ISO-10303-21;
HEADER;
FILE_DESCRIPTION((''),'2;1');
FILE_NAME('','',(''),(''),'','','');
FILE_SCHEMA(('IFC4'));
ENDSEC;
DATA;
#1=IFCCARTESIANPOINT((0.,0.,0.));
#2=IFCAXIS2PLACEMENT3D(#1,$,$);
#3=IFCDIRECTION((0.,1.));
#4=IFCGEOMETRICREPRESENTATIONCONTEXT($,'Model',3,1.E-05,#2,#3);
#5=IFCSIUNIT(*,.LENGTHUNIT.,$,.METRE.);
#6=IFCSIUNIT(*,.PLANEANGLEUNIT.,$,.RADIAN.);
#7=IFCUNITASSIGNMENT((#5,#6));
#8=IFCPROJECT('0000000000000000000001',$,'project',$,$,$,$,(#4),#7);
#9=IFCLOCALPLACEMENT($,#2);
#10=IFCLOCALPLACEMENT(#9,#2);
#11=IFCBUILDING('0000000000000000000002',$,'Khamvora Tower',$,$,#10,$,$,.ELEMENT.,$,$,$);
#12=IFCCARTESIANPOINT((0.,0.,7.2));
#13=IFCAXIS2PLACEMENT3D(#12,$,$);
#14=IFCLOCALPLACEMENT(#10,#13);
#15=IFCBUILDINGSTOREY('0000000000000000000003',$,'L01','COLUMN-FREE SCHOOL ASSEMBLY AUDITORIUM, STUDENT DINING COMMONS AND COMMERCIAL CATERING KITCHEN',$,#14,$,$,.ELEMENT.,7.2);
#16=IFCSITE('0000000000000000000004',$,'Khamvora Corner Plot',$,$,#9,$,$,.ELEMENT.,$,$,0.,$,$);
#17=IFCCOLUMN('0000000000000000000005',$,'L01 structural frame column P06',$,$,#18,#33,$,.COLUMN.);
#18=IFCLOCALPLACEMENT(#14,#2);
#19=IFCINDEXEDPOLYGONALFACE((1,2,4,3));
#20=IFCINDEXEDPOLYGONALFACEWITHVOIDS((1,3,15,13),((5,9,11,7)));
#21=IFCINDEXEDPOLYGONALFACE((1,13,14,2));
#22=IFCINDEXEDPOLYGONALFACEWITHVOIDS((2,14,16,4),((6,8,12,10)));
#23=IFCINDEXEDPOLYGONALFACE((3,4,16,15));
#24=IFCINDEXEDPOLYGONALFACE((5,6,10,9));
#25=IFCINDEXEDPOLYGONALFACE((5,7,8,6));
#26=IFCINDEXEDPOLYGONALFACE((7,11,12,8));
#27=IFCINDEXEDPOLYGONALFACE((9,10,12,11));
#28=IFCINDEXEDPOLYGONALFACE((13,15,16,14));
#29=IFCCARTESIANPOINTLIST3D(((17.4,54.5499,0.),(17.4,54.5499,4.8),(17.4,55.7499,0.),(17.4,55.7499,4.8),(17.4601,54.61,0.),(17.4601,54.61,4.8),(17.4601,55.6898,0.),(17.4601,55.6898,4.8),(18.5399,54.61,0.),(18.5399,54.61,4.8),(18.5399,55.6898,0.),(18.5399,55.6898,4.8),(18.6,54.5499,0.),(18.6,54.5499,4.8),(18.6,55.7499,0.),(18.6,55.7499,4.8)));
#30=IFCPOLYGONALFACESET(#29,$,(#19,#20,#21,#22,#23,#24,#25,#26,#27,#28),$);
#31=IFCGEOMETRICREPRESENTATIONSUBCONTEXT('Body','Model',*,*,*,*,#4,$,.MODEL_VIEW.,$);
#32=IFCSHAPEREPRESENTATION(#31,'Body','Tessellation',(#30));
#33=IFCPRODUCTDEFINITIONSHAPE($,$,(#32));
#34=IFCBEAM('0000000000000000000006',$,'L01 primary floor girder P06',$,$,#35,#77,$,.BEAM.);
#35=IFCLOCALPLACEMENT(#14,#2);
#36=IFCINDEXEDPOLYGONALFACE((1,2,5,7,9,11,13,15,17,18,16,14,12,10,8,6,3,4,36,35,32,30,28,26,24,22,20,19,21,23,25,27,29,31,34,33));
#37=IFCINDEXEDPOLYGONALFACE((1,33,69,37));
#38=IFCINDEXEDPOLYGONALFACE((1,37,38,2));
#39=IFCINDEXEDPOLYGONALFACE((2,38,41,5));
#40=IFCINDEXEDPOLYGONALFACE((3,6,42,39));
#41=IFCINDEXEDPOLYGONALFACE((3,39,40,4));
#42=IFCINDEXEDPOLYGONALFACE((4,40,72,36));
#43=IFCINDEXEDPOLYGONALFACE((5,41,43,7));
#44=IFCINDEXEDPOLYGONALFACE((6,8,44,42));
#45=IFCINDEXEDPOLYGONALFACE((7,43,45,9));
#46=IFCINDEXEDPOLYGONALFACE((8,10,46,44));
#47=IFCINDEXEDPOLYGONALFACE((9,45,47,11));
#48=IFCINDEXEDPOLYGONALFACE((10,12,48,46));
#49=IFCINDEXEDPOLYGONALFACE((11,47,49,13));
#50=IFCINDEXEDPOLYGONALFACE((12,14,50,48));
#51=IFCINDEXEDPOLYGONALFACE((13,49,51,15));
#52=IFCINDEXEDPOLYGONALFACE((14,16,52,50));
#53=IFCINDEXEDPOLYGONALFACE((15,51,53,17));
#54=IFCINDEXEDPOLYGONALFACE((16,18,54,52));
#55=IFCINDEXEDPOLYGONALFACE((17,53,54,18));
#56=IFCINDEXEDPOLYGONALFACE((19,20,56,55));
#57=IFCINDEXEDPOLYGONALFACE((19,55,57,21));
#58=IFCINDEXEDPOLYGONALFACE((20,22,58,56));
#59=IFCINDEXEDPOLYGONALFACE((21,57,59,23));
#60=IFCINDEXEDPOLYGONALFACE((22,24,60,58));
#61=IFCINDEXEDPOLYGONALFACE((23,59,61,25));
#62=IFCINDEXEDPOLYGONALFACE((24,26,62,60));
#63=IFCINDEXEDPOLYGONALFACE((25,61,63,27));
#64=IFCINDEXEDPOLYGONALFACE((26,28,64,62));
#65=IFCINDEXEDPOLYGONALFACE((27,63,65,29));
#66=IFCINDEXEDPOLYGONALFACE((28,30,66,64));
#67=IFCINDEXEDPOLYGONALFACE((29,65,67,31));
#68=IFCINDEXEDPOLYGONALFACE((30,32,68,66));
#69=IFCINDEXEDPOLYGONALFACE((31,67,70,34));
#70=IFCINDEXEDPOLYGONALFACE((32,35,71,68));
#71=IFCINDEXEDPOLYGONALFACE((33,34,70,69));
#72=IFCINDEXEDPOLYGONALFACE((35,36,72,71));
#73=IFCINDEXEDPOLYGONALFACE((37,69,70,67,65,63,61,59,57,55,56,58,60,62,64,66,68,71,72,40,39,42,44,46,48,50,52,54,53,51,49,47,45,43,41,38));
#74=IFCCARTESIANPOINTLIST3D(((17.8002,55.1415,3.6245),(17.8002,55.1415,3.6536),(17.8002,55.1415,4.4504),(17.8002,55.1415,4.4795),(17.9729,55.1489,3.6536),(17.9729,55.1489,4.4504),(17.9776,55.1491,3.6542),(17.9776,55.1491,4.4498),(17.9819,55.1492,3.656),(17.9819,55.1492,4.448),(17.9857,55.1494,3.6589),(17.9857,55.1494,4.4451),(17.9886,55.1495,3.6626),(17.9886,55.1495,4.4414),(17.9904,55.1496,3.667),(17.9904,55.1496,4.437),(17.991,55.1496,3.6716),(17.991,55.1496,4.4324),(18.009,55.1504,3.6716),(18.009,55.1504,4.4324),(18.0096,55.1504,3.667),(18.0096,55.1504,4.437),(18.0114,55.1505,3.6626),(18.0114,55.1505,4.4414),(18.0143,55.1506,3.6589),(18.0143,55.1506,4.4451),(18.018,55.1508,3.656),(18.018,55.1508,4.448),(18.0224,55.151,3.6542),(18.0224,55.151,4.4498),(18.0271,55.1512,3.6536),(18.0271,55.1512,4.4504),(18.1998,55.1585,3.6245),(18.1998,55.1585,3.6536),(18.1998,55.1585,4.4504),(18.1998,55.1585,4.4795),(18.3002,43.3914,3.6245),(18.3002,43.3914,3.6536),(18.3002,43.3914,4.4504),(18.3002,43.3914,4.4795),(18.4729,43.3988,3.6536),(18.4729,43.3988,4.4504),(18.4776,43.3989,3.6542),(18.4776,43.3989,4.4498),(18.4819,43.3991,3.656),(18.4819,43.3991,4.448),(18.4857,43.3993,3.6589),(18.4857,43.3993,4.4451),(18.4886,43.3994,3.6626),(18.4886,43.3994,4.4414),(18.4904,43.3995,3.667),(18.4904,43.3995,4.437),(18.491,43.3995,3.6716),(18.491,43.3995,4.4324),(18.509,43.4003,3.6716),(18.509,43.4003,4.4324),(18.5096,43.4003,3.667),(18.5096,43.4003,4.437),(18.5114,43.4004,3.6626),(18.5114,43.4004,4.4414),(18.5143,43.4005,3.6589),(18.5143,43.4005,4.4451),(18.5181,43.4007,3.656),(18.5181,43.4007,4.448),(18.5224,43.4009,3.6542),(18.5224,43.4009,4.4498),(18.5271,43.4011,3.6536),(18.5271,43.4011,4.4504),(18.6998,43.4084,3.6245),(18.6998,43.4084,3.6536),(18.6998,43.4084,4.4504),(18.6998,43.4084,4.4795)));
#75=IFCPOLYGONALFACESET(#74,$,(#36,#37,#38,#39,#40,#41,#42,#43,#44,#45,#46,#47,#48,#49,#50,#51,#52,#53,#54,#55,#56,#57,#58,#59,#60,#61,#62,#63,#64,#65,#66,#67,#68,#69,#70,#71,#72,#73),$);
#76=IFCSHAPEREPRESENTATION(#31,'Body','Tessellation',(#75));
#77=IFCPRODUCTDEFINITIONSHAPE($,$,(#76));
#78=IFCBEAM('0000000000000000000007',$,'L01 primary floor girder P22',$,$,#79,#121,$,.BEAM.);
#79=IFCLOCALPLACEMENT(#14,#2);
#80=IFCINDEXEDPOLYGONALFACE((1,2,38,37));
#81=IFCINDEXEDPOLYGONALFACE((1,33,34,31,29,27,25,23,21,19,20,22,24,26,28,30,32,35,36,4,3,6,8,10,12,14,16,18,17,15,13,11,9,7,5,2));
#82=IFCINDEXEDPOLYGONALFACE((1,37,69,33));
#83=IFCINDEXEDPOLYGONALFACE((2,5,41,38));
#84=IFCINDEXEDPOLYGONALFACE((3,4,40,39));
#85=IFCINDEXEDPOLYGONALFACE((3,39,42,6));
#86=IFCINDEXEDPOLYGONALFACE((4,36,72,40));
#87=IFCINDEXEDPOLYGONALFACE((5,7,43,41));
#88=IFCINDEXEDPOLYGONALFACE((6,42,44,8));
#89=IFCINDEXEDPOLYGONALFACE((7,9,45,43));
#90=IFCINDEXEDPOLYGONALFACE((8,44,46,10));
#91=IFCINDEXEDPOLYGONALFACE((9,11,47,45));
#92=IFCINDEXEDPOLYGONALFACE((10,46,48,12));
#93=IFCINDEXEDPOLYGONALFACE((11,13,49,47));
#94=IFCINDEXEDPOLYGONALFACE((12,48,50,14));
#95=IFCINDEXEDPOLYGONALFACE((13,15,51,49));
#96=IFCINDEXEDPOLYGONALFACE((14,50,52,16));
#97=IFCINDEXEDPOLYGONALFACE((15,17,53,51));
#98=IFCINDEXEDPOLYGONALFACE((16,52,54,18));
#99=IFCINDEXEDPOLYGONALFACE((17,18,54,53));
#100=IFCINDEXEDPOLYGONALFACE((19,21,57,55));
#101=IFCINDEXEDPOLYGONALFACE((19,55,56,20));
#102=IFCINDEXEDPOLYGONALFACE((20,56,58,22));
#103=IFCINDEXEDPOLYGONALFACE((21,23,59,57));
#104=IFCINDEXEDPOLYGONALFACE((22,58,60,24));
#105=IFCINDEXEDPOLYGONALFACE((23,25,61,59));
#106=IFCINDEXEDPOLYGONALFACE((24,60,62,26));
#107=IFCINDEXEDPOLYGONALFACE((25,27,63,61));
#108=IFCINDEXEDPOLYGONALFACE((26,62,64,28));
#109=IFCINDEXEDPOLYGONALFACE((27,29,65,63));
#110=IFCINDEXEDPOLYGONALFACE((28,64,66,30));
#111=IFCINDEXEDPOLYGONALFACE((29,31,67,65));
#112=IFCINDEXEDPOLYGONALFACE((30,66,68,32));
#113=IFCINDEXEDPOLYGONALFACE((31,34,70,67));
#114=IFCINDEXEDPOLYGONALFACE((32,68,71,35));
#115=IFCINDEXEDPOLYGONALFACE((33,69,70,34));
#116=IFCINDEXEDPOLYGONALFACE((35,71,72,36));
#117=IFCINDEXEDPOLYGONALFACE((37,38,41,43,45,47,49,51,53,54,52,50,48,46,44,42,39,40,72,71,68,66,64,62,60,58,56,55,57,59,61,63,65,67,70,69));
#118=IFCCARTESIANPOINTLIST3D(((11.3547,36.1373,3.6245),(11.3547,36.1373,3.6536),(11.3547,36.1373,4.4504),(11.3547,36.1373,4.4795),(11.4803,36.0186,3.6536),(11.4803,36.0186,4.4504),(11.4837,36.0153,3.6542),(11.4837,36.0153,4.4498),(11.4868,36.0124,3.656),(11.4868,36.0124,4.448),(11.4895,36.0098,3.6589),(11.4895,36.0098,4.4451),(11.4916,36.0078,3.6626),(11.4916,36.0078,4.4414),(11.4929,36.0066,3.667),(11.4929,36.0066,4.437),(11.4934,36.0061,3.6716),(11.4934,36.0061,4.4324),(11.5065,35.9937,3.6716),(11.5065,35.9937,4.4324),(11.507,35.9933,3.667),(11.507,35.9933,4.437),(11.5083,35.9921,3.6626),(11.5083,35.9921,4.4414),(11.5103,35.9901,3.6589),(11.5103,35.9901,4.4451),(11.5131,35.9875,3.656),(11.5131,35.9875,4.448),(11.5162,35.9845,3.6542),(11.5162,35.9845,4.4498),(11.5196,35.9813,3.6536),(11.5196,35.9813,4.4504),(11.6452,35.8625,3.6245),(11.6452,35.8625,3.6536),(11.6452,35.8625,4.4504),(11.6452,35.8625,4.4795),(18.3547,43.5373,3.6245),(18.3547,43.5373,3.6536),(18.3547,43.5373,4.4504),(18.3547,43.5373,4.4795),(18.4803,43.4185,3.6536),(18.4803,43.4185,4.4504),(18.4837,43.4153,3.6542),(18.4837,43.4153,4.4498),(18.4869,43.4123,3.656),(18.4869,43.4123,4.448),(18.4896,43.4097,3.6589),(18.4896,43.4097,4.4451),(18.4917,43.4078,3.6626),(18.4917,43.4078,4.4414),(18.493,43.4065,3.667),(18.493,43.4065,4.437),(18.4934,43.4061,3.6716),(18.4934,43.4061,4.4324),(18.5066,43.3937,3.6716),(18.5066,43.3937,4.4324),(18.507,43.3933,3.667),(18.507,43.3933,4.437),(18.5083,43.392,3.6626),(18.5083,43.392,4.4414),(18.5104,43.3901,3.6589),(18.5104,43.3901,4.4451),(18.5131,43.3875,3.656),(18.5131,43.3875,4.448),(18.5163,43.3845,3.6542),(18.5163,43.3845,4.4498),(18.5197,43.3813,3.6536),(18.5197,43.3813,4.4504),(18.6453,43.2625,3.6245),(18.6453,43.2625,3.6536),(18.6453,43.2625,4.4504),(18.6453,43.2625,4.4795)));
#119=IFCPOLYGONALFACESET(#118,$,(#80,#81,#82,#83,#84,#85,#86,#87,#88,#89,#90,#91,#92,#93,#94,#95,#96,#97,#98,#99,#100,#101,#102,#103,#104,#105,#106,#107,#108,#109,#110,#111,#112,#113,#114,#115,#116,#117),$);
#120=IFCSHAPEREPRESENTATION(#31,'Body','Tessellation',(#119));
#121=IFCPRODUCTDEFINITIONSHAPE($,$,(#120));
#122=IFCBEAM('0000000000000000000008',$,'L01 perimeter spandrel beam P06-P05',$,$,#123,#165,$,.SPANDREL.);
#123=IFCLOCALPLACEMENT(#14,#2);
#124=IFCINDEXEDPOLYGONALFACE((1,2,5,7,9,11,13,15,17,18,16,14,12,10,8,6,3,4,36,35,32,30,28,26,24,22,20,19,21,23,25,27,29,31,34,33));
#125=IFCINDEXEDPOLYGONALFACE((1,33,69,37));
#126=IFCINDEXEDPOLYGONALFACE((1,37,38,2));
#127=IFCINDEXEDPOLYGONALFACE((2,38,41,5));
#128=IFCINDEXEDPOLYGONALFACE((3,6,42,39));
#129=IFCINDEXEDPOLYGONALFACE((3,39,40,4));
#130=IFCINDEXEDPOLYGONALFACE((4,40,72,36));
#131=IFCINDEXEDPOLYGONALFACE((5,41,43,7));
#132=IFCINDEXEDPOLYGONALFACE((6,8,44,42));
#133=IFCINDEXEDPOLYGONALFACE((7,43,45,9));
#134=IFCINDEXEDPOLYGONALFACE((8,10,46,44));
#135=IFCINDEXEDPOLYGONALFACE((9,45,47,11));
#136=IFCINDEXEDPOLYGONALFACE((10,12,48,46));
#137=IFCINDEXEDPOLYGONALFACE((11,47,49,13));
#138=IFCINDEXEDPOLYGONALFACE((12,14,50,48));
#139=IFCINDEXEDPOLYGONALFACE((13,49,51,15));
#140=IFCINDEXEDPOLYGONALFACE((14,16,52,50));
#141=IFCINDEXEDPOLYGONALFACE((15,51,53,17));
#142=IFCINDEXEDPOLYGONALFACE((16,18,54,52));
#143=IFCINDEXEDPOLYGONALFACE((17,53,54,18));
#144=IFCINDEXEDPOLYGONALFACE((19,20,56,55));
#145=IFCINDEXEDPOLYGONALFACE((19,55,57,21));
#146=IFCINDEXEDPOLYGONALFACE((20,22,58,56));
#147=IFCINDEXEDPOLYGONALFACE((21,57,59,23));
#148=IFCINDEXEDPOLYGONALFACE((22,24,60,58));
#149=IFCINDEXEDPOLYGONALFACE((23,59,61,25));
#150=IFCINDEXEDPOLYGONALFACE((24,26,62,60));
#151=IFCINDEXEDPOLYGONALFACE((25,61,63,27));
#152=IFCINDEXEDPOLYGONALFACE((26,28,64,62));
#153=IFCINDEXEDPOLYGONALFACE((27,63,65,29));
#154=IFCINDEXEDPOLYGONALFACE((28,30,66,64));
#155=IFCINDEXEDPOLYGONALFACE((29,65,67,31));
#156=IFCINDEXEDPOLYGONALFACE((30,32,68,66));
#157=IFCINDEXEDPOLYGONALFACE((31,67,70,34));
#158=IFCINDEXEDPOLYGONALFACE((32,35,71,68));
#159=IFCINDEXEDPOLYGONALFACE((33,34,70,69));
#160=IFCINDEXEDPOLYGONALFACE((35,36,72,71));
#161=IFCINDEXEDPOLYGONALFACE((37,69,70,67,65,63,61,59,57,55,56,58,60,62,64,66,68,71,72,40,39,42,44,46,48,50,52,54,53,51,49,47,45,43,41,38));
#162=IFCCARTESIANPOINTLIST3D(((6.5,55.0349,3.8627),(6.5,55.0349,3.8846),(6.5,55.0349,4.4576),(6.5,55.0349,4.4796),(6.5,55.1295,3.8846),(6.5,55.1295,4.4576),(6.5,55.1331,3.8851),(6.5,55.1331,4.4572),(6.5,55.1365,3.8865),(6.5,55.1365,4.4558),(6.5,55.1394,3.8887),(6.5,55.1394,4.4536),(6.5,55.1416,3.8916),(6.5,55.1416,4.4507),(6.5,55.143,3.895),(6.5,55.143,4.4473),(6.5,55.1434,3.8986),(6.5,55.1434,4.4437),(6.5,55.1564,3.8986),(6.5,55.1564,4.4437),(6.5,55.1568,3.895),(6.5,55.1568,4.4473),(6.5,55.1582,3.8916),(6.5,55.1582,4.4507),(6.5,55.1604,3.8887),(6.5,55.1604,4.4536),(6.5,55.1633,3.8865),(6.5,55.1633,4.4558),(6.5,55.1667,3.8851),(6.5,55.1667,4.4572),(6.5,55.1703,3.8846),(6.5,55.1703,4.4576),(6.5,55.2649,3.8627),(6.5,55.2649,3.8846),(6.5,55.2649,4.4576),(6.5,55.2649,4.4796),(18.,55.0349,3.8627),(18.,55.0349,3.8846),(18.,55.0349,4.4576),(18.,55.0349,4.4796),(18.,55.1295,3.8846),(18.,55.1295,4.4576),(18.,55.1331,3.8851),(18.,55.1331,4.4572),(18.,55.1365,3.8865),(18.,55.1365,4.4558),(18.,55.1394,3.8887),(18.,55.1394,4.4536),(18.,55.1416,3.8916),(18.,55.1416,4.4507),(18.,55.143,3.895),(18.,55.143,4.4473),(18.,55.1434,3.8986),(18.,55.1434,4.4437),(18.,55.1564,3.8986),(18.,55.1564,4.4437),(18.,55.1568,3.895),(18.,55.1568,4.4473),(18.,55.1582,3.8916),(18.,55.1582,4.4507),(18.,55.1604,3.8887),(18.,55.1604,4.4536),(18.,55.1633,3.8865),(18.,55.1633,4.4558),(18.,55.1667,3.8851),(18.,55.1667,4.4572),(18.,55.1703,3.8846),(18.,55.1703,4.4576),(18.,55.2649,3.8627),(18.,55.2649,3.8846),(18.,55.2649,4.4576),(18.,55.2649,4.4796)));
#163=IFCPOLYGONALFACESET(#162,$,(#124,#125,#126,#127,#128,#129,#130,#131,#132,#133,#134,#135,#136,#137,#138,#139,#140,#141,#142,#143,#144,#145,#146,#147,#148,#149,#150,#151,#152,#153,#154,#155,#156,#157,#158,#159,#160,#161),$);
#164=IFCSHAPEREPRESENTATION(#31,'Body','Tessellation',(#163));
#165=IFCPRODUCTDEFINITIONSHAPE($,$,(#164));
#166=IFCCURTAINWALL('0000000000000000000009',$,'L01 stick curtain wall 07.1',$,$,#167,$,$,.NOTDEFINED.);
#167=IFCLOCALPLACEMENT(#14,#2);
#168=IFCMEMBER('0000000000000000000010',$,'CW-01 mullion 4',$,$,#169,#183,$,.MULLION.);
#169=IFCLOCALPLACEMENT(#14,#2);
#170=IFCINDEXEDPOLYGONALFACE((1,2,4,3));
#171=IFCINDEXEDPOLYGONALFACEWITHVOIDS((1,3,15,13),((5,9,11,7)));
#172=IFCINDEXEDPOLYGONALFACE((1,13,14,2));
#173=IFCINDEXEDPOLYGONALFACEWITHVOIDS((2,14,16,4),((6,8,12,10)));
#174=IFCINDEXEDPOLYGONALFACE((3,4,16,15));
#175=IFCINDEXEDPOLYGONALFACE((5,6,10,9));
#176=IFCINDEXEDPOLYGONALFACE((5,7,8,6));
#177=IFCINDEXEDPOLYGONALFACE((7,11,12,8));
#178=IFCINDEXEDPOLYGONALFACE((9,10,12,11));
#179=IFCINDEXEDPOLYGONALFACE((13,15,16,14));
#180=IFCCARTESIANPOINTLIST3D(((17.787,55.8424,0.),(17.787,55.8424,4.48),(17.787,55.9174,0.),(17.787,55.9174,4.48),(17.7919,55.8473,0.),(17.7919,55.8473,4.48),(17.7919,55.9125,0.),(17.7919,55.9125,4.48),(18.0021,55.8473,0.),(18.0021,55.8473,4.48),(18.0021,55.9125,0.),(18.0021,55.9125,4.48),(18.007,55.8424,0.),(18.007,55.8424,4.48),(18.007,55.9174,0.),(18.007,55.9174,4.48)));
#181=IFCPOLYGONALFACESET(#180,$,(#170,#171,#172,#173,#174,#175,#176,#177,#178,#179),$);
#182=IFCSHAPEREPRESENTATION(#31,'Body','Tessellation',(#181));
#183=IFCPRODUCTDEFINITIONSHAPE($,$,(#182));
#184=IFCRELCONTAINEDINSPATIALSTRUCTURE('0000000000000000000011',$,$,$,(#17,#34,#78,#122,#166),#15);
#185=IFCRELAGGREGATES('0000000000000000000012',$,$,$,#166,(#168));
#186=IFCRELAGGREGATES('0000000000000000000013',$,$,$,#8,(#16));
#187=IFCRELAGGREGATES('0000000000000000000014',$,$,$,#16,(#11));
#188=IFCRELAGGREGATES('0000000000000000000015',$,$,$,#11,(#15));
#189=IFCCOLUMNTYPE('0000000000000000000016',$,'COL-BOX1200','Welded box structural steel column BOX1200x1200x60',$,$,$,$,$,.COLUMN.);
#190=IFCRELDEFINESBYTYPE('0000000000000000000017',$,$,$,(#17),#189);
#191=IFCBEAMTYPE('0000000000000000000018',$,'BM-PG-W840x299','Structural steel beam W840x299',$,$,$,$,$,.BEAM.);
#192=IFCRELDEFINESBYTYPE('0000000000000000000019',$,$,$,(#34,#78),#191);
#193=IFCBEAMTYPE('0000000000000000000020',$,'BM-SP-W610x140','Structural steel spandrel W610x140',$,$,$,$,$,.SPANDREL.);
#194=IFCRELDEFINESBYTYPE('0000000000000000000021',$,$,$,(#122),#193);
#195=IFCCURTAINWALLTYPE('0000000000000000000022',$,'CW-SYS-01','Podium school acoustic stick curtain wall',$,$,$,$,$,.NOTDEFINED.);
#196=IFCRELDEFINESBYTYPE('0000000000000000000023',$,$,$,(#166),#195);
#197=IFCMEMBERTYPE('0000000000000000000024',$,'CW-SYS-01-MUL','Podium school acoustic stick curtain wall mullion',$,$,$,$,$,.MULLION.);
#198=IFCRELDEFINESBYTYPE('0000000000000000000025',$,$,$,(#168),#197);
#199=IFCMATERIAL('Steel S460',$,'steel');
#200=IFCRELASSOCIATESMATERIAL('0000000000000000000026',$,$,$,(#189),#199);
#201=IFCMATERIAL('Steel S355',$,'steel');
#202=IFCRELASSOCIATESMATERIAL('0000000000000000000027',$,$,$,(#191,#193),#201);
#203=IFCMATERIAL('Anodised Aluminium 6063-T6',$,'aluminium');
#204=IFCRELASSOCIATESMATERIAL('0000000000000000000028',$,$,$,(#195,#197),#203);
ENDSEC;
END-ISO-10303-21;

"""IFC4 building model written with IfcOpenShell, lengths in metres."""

from ifc_helpers import new_model, si_unit, direction, frame, origin, origin_2d, place, context, subcontext, project, spatial, hollow_rectangle, i_section, extrude, material, material_profile, profile_set, type_object, element, aggregate, save


model = new_model("IFC4")

# Units and contexts
model_context = context("Model", 3, precision=1e-05, world=origin(), true_north=direction((0.0, 1.0)))
body_context = subcontext(model_context, "Body", "Model", "MODEL_VIEW")
ifc_project = project(units=[si_unit("LENGTHUNIT", "METRE"), si_unit("PLANEANGLEUNIT", "RADIAN")], contexts=[model_context])

# Site, building, storey
site_placement = place(None, origin())
site = spatial("IfcSite", under=ifc_project, at=site_placement, Name="Khamvora Corner Plot", CompositionType="ELEMENT", RefElevation=0.0)
building_placement = place(site_placement, origin())
building = spatial("IfcBuilding", under=site, at=building_placement, Name="Khamvora Tower", CompositionType="ELEMENT")
storey_placement = place(building_placement, frame((0.0, 0.0, 7.2)))
storey = spatial("IfcBuildingStorey", under=building, at=storey_placement, Name="L01", Description="COLUMN-FREE SCHOOL ASSEMBLY AUDITORIUM, STUDENT DINING COMMONS AND COMMERCIAL CATERING KITCHEN", CompositionType="ELEMENT", Elevation=7.2)

# Column
ifc_material_1 = material(Name="Steel S460", Category="steel")
ifc_material_profile_1 = material_profile(ifc_material_1, hollow_rectangle(XDim=1.2, YDim=1.2, WallThickness=0.0601, at=origin_2d()), Name="BOX1200x1200x60")
ifc_profile_set_1 = profile_set([ifc_material_profile_1], Name="Steel S460")
column_type = type_object("IfcColumnType", Name="COL-BOX1200", Description="Welded box structural steel column BOX1200x1200x60", PredefinedType="COLUMN", material=ifc_profile_set_1)
column_placement = place(storey_placement, frame((18.0, 55.1499, 0.0), z_axis=(0.0, 0.0, 1.0), x_axis=(1.0, 0.0, 0.0)))
element("IfcColumn", 1, at=column_placement, inside=storey, type_object=column_type, Name="L01 structural frame column P06", PredefinedType="COLUMN", context=body_context, shape_type="SweptSolid", body=[
    extrude(hollow_rectangle(XDim=1.2, YDim=1.2, WallThickness=0.0601, at=origin_2d()), origin(), (0.0, 0.0, 1.0), 4.8),
])

# Beams
ifc_material_2 = material(Name="Steel S355", Category="steel")
ifc_material_profile_2 = material_profile(ifc_material_2, i_section(OverallWidth=0.3999, OverallDepth=0.855, WebThickness=0.0181, FlangeThickness=0.0291, FilletRadius=0.0181, at=origin_2d()), Name="W840x299")
ifc_profile_set_2 = profile_set([ifc_material_profile_2], Name="Steel S355")
beam_type_1 = type_object("IfcBeamType", Name="BM-PG-W840x299", Description="Structural steel beam W840x299", PredefinedType="BEAM", material=ifc_profile_set_2)
beam_1_placement = place(storey_placement, frame((18.5, 43.3999, 4.052), z_axis=(-0.042515, 0.999096, 0.0), x_axis=(-0.999096, -0.042515, 0.0)))
element("IfcBeam", 2, at=beam_1_placement, inside=storey, type_object=beam_type_1, Name="L01 primary floor girder P06", PredefinedType="BEAM", context=body_context, shape_type="SweptSolid", body=[
    extrude(i_section(OverallWidth=0.3999, OverallDepth=0.855, WebThickness=0.0181, FlangeThickness=0.0291, FilletRadius=0.0181, at=origin_2d()), origin(), (0.0, 0.0, 1.0), 11.7607),
])
beam_2_placement = place(storey_placement, frame((18.5, 43.3999, 4.052), z_axis=(-0.687205, -0.726464, 0.0), x_axis=(0.726464, -0.687205, 0.0)))
element("IfcBeam", 3, at=beam_2_placement, inside=storey, type_object=beam_type_1, Name="L01 primary floor girder P22", PredefinedType="BEAM", context=body_context, shape_type="SweptSolid", body=[
    extrude(i_section(OverallWidth=0.3999, OverallDepth=0.855, WebThickness=0.0181, FlangeThickness=0.0291, FilletRadius=0.0181, at=origin_2d()), origin(), (0.0, 0.0, 1.0), 10.1863),
])
ifc_material_profile_3 = material_profile(ifc_material_2, i_section(OverallWidth=0.23, OverallDepth=0.6169, WebThickness=0.0129, FlangeThickness=0.022, FilletRadius=0.0139, at=origin_2d()), Name="W610x140")
ifc_profile_set_3 = profile_set([ifc_material_profile_3], Name="Steel S355")
beam_type_2 = type_object("IfcBeamType", Name="BM-SP-W610x140", Description="Structural steel spandrel W610x140", PredefinedType="SPANDREL", material=ifc_profile_set_3)
beam_3_placement = place(storey_placement, frame((18.0, 55.1499, 4.1711), z_axis=(-1.0, 0.0, 0.0), x_axis=(0.0, -1.0, 0.0)))
element("IfcBeam", 4, at=beam_3_placement, inside=storey, type_object=beam_type_2, Name="L01 perimeter spandrel beam P06-P05", PredefinedType="SPANDREL", context=body_context, shape_type="SweptSolid", body=[
    extrude(i_section(OverallWidth=0.23, OverallDepth=0.6169, WebThickness=0.0129, FlangeThickness=0.022, FilletRadius=0.0139, at=origin_2d()), origin(), (0.0, 0.0, 1.0), 11.5),
])

# Curtain wall, member
ifc_material_3 = material(Name="Anodised Aluminium 6063-T6", Category="aluminium")
curtain_wall_type = type_object("IfcCurtainWallType", Name="CW-SYS-01", Description="Podium school acoustic stick curtain wall", PredefinedType="NOTDEFINED", material=ifc_material_3)
curtain_wall_placement = place(storey_placement, origin())
curtain_wall = element("IfcCurtainWall", 5, at=curtain_wall_placement, inside=storey, type_object=curtain_wall_type, Name="L01 stick curtain wall 07.1", PredefinedType="NOTDEFINED")
ifc_material_profile_4 = material_profile(ifc_material_3, hollow_rectangle(XDim=0.075, YDim=0.22, WallThickness=0.0049, at=origin_2d()), Name="MUL75x220x5")
ifc_profile_set_4 = profile_set([ifc_material_profile_4], Name="Anodised Aluminium 6063-T6")
member_type_1 = type_object("IfcMemberType", Name="CW-SYS-01-MUL", Description="Podium school acoustic stick curtain wall mullion", PredefinedType="MULLION", material=ifc_profile_set_4)
member_1_placement = place(storey_placement, frame((17.897, 55.8799, 0.0), z_axis=(0.0, 0.0, 1.0), x_axis=(0.0, 1.0, 0.0)))
member_1 = element("IfcMember", 6, at=member_1_placement, type_object=member_type_1, Name="CW-01 mullion 4", PredefinedType="MULLION", context=body_context, shape_type="SweptSolid", body=[
    extrude(hollow_rectangle(XDim=0.075, YDim=0.22, WallThickness=0.0049, at=origin_2d()), origin(), (0.0, 0.0, 1.0), 4.48),
])

aggregate(curtain_wall, [member_1])

save(model, "model.ifc")
